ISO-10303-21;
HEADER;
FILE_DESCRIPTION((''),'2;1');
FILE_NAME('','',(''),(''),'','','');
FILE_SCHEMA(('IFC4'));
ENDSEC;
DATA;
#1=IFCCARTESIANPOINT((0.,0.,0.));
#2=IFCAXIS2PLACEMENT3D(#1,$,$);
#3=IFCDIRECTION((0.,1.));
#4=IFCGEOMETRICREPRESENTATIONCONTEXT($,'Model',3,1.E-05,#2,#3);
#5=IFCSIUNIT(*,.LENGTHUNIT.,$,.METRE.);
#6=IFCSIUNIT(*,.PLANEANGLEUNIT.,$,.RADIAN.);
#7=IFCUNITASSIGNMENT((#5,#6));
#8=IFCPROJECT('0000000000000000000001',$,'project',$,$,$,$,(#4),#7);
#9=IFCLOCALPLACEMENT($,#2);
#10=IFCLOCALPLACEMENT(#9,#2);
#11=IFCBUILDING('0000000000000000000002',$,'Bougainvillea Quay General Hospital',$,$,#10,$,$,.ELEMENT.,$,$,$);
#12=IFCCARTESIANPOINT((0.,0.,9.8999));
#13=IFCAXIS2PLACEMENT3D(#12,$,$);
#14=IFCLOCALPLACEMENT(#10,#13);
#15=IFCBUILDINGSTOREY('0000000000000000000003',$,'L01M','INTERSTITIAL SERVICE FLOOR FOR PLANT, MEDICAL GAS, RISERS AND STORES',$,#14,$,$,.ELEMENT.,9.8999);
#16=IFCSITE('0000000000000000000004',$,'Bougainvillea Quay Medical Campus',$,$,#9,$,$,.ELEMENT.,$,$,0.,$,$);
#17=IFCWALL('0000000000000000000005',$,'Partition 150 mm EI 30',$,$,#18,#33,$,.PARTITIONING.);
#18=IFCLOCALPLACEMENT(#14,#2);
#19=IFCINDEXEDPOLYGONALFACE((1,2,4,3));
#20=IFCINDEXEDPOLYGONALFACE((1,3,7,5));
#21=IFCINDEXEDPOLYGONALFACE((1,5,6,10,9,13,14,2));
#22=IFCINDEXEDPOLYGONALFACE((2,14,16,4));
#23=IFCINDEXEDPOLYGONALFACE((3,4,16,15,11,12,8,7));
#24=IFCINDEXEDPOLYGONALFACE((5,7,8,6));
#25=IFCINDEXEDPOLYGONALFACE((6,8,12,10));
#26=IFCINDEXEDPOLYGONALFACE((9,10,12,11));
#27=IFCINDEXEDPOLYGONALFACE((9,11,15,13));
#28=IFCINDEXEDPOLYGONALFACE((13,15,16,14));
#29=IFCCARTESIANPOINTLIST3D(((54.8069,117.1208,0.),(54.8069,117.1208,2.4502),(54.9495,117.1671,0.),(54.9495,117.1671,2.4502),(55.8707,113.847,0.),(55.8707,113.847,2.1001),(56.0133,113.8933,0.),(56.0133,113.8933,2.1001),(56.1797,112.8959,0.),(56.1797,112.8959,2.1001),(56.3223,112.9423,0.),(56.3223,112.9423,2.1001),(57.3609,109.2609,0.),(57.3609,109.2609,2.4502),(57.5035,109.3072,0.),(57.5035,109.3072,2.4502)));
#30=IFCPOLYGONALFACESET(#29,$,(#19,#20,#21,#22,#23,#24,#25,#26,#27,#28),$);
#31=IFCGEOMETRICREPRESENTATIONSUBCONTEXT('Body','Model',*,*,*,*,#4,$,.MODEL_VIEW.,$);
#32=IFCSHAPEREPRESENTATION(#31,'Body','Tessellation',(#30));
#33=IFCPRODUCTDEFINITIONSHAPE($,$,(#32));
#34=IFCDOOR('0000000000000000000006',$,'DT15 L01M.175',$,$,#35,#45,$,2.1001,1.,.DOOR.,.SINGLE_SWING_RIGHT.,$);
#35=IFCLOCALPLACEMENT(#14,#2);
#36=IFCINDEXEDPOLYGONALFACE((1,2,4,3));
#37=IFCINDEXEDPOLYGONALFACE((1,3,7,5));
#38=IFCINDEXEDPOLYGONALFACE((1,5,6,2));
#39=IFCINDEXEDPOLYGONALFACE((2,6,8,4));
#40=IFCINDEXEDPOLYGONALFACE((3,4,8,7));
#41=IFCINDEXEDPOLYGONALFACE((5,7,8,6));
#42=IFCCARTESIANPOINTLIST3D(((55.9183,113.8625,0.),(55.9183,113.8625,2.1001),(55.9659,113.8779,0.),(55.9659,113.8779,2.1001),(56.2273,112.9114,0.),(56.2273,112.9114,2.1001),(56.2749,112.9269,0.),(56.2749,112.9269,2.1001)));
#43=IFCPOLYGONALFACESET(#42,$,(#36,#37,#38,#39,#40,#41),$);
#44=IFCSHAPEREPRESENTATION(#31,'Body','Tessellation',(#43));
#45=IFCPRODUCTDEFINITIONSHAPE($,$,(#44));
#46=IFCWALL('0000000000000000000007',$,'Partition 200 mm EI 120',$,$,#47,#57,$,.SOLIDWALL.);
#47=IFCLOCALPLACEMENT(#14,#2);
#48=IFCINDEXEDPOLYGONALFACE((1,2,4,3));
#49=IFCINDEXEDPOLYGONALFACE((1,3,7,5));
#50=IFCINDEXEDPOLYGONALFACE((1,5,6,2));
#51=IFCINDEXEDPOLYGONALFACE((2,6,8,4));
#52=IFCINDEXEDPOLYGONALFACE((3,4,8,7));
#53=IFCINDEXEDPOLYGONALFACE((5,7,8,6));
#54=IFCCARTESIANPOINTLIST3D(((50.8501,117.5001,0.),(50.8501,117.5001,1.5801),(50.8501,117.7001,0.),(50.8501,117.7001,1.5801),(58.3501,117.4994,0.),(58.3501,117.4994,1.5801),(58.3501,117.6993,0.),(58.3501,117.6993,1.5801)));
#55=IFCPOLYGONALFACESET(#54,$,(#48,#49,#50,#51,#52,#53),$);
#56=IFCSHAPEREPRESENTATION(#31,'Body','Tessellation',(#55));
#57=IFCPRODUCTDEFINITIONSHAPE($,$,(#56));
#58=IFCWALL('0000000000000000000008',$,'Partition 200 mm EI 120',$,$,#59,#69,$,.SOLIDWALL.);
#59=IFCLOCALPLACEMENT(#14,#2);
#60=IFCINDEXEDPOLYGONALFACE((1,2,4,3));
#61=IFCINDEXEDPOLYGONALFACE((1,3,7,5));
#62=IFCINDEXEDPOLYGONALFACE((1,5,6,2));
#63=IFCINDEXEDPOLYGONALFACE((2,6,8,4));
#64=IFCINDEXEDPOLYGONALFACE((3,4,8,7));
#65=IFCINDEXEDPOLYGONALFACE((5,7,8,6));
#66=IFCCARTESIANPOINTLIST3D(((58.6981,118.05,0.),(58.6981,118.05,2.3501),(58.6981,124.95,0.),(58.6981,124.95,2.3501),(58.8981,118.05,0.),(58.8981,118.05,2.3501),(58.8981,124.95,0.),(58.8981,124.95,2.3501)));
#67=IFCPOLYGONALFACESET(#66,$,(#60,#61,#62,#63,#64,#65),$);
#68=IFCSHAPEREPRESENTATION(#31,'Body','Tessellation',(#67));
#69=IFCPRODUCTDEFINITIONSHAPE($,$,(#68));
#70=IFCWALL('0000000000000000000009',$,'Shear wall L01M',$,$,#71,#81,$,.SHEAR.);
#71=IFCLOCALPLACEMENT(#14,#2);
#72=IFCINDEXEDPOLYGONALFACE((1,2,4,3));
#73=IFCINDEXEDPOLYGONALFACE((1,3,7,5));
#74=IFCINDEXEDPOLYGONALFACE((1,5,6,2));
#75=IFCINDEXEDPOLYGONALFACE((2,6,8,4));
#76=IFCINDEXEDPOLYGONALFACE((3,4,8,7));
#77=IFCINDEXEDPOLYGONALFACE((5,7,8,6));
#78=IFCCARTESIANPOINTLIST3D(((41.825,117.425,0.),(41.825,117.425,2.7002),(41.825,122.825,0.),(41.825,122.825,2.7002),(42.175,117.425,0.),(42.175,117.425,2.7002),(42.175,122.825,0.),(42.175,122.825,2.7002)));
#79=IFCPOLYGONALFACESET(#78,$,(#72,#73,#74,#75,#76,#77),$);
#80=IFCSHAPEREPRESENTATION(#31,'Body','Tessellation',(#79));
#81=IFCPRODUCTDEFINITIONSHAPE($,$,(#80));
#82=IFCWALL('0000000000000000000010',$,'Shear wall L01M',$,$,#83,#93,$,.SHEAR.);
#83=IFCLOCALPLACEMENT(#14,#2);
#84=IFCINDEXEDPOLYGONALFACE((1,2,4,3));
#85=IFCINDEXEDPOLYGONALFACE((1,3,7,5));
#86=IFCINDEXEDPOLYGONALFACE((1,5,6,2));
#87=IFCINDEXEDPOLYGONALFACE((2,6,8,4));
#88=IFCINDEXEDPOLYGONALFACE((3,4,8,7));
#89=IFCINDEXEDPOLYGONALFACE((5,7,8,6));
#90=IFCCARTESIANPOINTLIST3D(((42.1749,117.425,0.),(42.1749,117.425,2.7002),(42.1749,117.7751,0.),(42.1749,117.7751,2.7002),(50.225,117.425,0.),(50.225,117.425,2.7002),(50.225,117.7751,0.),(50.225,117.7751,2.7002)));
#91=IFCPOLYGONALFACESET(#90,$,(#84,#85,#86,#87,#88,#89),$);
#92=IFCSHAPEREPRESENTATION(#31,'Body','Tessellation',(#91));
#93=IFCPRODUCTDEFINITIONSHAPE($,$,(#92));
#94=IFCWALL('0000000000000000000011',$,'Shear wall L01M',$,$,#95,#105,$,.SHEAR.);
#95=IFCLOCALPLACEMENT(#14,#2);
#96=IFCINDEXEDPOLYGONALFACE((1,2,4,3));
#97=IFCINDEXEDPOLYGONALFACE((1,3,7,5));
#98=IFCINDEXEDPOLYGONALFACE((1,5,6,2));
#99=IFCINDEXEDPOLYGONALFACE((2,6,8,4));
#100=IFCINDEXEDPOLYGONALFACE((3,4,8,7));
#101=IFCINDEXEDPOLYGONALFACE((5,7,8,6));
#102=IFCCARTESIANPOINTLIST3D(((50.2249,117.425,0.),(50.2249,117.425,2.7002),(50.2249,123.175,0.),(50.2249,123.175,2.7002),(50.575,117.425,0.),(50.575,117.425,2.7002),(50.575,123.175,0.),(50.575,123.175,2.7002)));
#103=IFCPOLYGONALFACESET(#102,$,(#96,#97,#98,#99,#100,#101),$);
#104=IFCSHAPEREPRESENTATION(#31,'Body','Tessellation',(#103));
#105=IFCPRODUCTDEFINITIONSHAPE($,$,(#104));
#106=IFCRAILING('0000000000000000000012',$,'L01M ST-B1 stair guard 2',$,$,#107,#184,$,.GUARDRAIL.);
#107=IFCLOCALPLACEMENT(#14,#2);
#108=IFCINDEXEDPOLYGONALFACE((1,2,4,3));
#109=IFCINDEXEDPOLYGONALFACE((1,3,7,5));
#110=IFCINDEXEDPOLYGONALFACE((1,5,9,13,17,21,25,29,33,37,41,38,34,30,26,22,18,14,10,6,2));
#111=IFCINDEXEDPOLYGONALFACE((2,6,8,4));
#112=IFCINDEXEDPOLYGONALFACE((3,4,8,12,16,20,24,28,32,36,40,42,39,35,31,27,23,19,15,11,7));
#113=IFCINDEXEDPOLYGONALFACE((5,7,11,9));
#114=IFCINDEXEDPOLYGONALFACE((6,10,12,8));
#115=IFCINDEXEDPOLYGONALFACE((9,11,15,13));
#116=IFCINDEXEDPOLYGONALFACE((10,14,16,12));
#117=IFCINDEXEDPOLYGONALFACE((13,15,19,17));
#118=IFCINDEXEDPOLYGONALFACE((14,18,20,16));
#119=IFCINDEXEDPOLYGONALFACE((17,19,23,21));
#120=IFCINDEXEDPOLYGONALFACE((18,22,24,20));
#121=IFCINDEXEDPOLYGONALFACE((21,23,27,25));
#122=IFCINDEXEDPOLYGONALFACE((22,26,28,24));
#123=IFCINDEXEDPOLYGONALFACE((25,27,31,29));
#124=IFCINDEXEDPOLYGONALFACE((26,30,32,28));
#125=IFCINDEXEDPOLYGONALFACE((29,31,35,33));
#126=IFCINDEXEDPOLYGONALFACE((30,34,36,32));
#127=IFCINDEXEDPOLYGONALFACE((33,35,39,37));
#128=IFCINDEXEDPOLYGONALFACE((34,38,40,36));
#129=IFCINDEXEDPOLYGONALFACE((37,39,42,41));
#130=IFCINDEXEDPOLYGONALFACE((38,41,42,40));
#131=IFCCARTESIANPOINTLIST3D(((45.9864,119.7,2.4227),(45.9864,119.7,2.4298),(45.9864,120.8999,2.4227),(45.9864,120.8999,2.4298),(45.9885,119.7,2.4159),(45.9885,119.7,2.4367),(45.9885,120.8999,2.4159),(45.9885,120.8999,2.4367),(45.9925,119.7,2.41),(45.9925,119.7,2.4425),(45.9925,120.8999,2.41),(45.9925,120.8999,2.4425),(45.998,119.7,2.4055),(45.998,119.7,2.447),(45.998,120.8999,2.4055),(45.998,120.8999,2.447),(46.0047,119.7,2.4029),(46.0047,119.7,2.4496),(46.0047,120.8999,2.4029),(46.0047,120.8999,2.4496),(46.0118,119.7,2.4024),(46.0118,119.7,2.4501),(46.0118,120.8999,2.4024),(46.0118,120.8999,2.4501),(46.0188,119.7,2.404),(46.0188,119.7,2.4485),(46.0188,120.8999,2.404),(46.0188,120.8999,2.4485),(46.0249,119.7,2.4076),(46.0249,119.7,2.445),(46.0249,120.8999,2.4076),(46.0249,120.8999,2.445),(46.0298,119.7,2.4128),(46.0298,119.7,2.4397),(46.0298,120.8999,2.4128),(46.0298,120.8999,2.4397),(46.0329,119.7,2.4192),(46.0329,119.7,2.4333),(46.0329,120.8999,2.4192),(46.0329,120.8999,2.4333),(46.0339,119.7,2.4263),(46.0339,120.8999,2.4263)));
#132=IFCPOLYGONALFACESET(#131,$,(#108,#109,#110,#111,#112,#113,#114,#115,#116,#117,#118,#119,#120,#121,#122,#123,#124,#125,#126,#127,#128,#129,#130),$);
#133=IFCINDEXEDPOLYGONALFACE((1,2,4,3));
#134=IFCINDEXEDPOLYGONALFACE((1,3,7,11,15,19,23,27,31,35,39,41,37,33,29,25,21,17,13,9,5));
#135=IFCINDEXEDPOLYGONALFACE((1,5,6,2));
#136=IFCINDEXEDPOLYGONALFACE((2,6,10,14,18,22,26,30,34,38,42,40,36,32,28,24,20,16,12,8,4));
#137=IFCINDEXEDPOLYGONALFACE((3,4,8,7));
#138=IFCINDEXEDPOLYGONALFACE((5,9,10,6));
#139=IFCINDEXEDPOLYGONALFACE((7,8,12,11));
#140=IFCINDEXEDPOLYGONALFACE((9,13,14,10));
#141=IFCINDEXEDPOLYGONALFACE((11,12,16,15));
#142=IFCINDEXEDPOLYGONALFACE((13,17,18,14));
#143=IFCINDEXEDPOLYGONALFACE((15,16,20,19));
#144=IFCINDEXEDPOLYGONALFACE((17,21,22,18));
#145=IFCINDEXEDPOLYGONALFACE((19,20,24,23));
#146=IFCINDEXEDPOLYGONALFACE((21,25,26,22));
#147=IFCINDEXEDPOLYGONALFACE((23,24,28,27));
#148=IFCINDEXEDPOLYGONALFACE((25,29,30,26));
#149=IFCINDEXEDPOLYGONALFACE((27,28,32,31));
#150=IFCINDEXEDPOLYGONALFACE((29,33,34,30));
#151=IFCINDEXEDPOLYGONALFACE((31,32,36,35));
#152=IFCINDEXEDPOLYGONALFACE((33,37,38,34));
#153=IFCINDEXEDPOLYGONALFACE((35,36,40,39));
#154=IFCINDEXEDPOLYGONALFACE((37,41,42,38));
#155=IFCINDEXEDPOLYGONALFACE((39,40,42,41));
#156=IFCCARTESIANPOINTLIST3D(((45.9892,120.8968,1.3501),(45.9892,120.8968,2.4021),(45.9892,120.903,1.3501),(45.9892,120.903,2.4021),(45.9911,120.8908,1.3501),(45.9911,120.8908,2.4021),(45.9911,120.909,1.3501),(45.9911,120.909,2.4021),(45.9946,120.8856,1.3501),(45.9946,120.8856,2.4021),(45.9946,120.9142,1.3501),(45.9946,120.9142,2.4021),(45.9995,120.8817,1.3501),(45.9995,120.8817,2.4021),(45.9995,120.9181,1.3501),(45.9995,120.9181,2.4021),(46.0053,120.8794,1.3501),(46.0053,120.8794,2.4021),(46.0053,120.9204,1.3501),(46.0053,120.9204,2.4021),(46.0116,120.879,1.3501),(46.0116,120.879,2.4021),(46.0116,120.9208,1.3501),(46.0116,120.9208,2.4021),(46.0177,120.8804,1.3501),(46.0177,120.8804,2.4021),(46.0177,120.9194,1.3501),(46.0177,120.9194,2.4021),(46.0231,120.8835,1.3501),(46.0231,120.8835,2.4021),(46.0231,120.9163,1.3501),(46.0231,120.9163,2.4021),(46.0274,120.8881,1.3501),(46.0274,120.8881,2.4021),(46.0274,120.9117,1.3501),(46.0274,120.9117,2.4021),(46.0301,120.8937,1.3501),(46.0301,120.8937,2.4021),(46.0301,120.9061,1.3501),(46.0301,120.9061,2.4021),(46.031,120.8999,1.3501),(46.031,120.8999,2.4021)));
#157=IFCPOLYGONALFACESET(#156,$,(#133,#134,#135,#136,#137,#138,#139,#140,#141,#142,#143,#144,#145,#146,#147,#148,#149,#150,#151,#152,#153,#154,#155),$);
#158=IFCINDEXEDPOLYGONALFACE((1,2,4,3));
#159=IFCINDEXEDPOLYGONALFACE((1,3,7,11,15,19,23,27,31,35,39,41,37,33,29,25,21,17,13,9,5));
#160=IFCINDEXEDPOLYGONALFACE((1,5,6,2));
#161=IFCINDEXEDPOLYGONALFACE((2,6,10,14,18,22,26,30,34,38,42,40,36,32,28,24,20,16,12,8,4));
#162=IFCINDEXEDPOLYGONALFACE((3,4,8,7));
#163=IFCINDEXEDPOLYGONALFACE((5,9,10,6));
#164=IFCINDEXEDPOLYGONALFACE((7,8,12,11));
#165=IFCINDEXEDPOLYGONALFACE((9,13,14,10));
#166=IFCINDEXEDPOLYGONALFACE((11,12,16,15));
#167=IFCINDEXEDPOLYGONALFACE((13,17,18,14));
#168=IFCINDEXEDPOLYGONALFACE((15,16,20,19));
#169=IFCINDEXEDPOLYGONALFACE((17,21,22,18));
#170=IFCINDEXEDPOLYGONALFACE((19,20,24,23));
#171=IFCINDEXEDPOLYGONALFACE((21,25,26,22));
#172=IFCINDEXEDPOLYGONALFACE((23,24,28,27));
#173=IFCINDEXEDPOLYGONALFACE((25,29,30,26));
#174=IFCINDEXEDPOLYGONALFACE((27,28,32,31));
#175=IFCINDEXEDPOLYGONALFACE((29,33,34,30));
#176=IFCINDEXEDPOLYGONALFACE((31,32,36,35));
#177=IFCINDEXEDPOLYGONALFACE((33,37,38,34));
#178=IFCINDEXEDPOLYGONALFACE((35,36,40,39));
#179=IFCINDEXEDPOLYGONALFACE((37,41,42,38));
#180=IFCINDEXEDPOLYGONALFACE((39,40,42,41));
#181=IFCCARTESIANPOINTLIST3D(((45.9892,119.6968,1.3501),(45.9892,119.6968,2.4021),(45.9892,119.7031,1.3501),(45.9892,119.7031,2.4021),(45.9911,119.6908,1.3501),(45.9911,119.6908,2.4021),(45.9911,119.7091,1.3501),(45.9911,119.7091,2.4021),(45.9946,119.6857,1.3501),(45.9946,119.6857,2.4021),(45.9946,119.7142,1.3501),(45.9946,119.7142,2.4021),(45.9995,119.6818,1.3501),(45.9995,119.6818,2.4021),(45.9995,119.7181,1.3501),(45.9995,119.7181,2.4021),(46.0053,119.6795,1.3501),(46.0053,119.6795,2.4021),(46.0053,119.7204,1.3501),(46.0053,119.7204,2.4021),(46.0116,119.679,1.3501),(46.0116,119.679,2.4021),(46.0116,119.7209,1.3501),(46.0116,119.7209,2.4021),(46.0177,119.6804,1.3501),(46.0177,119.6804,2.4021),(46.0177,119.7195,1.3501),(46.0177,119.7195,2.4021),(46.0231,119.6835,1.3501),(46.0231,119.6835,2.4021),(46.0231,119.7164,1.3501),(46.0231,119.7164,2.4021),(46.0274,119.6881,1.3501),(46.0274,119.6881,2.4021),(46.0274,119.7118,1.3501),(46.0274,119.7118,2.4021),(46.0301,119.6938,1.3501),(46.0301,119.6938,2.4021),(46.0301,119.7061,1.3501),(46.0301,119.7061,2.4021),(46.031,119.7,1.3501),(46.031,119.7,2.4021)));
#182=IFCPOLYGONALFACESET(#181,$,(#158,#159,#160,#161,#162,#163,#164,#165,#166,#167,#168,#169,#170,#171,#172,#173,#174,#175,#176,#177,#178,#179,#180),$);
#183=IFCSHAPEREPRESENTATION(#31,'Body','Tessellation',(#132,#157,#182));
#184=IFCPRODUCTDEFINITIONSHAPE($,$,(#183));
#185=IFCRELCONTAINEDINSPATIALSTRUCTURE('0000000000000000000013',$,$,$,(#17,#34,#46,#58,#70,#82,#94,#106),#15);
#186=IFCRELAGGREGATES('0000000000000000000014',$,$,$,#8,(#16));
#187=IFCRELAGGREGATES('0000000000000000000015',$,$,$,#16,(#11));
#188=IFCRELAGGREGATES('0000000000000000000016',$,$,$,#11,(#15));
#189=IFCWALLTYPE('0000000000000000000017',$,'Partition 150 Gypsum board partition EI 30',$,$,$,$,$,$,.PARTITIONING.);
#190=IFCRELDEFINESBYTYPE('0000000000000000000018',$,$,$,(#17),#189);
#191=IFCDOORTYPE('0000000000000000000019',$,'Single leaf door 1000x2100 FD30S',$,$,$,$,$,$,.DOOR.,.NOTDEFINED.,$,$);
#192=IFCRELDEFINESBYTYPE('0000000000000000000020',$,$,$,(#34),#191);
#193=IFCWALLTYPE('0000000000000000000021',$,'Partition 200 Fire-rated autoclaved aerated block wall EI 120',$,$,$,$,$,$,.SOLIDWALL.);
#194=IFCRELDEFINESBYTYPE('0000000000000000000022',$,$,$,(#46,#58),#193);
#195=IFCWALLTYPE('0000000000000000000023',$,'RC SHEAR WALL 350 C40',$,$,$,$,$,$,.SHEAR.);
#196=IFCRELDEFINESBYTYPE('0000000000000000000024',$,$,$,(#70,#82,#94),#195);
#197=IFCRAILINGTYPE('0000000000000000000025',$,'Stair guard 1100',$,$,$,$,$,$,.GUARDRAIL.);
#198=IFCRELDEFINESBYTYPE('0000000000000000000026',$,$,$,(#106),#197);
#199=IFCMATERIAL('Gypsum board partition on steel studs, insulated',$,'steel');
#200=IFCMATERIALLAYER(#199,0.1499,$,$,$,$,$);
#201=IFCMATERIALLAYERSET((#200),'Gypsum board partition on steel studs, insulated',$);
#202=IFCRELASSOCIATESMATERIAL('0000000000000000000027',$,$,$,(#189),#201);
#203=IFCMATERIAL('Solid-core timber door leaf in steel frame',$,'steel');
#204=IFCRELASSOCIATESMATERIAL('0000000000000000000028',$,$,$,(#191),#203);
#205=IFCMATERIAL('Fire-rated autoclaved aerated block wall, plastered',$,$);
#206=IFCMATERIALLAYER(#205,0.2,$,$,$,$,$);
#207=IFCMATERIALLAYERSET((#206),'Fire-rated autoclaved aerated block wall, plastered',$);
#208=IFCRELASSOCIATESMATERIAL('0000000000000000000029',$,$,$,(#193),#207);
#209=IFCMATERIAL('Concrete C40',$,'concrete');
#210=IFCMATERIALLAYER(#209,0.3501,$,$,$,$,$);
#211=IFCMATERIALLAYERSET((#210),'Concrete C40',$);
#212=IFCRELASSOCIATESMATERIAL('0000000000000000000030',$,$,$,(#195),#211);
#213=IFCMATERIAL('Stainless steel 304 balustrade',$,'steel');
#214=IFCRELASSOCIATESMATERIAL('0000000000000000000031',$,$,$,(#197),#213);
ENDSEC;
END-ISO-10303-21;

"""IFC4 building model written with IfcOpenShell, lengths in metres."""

from ifc_helpers import new_model, si_unit, direction, frame, frame_2d, origin, origin_2d, place, context, subcontext, project, spatial, rectangle, circle, extrude, material, layer, layer_set, type_object, element, fill, save


model = new_model("IFC4")

# Units and contexts
model_context = context("Model", 3, precision=1e-05, world=origin(), true_north=direction((0.0, 1.0)))
body_context = subcontext(model_context, "Body", "Model", "MODEL_VIEW")
ifc_project = project(units=[si_unit("LENGTHUNIT", "METRE"), si_unit("PLANEANGLEUNIT", "RADIAN")], contexts=[model_context])

# Site, building, storey
site_placement = place(None, origin())
site = spatial("IfcSite", under=ifc_project, at=site_placement, Name="Bougainvillea Quay Medical Campus", CompositionType="ELEMENT", RefElevation=0.0)
building_placement = place(site_placement, origin())
building = spatial("IfcBuilding", under=site, at=building_placement, Name="Bougainvillea Quay General Hospital", CompositionType="ELEMENT")
storey_placement = place(building_placement, frame((0.0, 0.0, 9.8999)))
storey = spatial("IfcBuildingStorey", under=building, at=storey_placement, Name="L01M", Description="INTERSTITIAL SERVICE FLOOR FOR PLANT, MEDICAL GAS, RISERS AND STORES", CompositionType="ELEMENT", Elevation=9.8999)

# Shared definitions
ifc_material_1 = material(Name="Concrete C40", Category="concrete")

# Shared definitions
ifc_material_2 = material(Name="Gypsum board partition on steel studs, insulated", Category="steel")
ifc_layer_1 = layer(ifc_material_2, 0.1499)
ifc_layer_set_1 = layer_set([ifc_layer_1], Name="Gypsum board partition on steel studs, insulated")
wall_type_1 = type_object("IfcWallType", Name="Partition 150 Gypsum board partition EI 30", PredefinedType="PARTITIONING", material=ifc_layer_set_1)

# Wall, opening, door
wall_1_placement = place(storey_placement, frame((54.8782, 117.144, 0.0), z_axis=(0.0, 0.0, 1.0), x_axis=(0.309031, -0.951052, 0.0)))
wall_1 = element("IfcWall", 1, at=wall_1_placement, inside=storey, type_object=wall_type_1, Name="Partition 150 mm EI 30", PredefinedType="PARTITIONING", context=body_context, shape_type="SweptSolid", body=[
    extrude(rectangle(XDim=8.2644, YDim=0.1499, at=frame_2d((4.1323, 0.0))), origin(), (0.0, 0.0, 1.0), 2.4502),
])
opening_placement = place(wall_1_placement, frame((3.4424, 0.0, 0.0)))
opening = element("IfcOpeningElement", 2, at=opening_placement, cuts=wall_1, PredefinedType="OPENING", context=body_context, shape_type="SweptSolid", body=[
    extrude(rectangle(XDim=1.0, YDim=2.1001, at=frame_2d((0.5, 1.05))), frame((0.0, 0.085, 0.0), z_axis=(0.0, -1.0, 0.0), x_axis=(1.0, 0.0, 0.0)), (0.0, 0.0, 1.0), 0.1699),
])
ifc_material_3 = material(Name="Solid-core timber door leaf in steel frame", Category="steel")
door_type = type_object("IfcDoorType", Name="Single leaf door 1000x2100 FD30S", OperationType="NOTDEFINED", PredefinedType="DOOR", material=ifc_material_3)
door_placement = place(opening_placement, frame((1.0, 0.0, 0.0), z_axis=(0.0, 0.0, 1.0), x_axis=(-1.0, 0.0, 0.0)))
door = element("IfcDoor", 3, at=door_placement, inside=storey, type_object=door_type, Name="DT15 L01M.175", OperationType="SINGLE_SWING_RIGHT", OverallHeight=2.1001, OverallWidth=1.0, PredefinedType="DOOR", context=body_context, shape_type="SweptSolid", body=[
    extrude(rectangle(XDim=1.0, YDim=2.1001, at=frame_2d((0.5, 1.05))), frame((0.0, 0.0249, 0.0), z_axis=(0.0, -1.0, 0.0), x_axis=(1.0, 0.0, 0.0)), (0.0, 0.0, 1.0), 0.05),
])
fill(opening, door)

# Walls
ifc_material_4 = material(Name="Fire-rated autoclaved aerated block wall, plastered")
ifc_layer_2 = layer(ifc_material_4, 0.2)
ifc_layer_set_2 = layer_set([ifc_layer_2], Name="Fire-rated autoclaved aerated block wall, plastered")
wall_type_2 = type_object("IfcWallType", Name="Partition 200 Fire-rated autoclaved aerated block wall EI 120", PredefinedType="SOLIDWALL", material=ifc_layer_set_2)
wall_2_placement = place(storey_placement, frame((58.3501, 117.5994, 0.0), z_axis=(0.0, 0.0, 1.0), x_axis=(-1.0, 0.000098, 0.0)))
element("IfcWall", 4, at=wall_2_placement, inside=storey, type_object=wall_type_2, Name="Partition 200 mm EI 120", PredefinedType="SOLIDWALL", context=body_context, shape_type="SweptSolid", body=[
    extrude(rectangle(XDim=7.5, YDim=0.2, at=frame_2d((3.75, 0.0))), origin(), (0.0, 0.0, 1.0), 1.5801),
])
wall_3_placement = place(storey_placement, frame((58.7981, 118.05, 0.0), z_axis=(0.0, 0.0, 1.0), x_axis=(0.0, 1.0, 0.0)))
element("IfcWall", 5, at=wall_3_placement, inside=storey, type_object=wall_type_2, Name="Partition 200 mm EI 120", PredefinedType="SOLIDWALL", context=body_context, shape_type="SweptSolid", body=[
    extrude(rectangle(XDim=6.8999, YDim=0.2, at=frame_2d((3.45, 0.0))), origin(), (0.0, 0.0, 1.0), 2.3501),
])
ifc_layer_3 = layer(ifc_material_1, 0.3501)
ifc_layer_set_3 = layer_set([ifc_layer_3], Name="Concrete C40")
wall_type_3 = type_object("IfcWallType", Name="RC SHEAR WALL 350 C40", PredefinedType="SHEAR", material=ifc_layer_set_3)
wall_4_placement = place(storey_placement, frame((42.0, 117.425, 0.0), z_axis=(0.0, 0.0, 1.0), x_axis=(0.0, 1.0, 0.0)))
element("IfcWall", 6, at=wall_4_placement, inside=storey, type_object=wall_type_3, Name="Shear wall L01M", PredefinedType="SHEAR", context=body_context, shape_type="SweptSolid", body=[
    extrude(rectangle(XDim=5.3999, YDim=0.3501, at=frame_2d((2.7, 0.0))), origin(), (0.0, 0.0, 1.0), 2.7002),
])
wall_5_placement = place(storey_placement, frame((42.175, 117.6001, 0.0), z_axis=(0.0, 0.0, 1.0), x_axis=(1.0, 0.0, 0.0)))
element("IfcWall", 7, at=wall_5_placement, inside=storey, type_object=wall_type_3, Name="Shear wall L01M", PredefinedType="SHEAR", context=body_context, shape_type="SweptSolid", body=[
    extrude(rectangle(XDim=8.05, YDim=0.3501, at=frame_2d((4.0249, 0.0))), origin(), (0.0, 0.0, 1.0), 2.7002),
])
wall_6_placement = place(storey_placement, frame((50.3999, 117.425, 0.0), z_axis=(0.0, 0.0, 1.0), x_axis=(0.0, 1.0, 0.0)))
element("IfcWall", 8, at=wall_6_placement, inside=storey, type_object=wall_type_3, Name="Shear wall L01M", PredefinedType="SHEAR", context=body_context, shape_type="SweptSolid", body=[
    extrude(rectangle(XDim=5.75, YDim=0.3501, at=frame_2d((2.875, 0.0))), origin(), (0.0, 0.0, 1.0), 2.7002),
])

# Railing
ifc_material_5 = material(Name="Stainless steel 304 balustrade", Category="steel")
railing_type_1 = type_object("IfcRailingType", Name="Stair guard 1100", PredefinedType="GUARDRAIL", material=ifc_material_5)
railing_1_placement = place(storey_placement, frame((46.01, 120.8999, 1.3501)))
element("IfcRailing", 9, at=railing_1_placement, inside=storey, type_object=railing_type_1, Name="L01M ST-B1 stair guard 2", PredefinedType="GUARDRAIL", context=body_context, shape_type="SweptSolid", body=[
    extrude(circle(Radius=0.0239, at=origin_2d()), frame((0.0, 0.0, 1.0762), z_axis=(0.0, -1.0, 0.0), x_axis=(1.0, 0.0, 0.0)), (0.0, 0.0, 1.0), 1.2),
    extrude(circle(Radius=0.021, at=origin_2d()), origin(), (0.0, 0.0, 1.0), 1.052),
    extrude(circle(Radius=0.021, at=origin_2d()), frame((0.0, -1.2, 0.0)), (0.0, 0.0, 1.0), 1.052),
])

save(model, "model.ifc")
